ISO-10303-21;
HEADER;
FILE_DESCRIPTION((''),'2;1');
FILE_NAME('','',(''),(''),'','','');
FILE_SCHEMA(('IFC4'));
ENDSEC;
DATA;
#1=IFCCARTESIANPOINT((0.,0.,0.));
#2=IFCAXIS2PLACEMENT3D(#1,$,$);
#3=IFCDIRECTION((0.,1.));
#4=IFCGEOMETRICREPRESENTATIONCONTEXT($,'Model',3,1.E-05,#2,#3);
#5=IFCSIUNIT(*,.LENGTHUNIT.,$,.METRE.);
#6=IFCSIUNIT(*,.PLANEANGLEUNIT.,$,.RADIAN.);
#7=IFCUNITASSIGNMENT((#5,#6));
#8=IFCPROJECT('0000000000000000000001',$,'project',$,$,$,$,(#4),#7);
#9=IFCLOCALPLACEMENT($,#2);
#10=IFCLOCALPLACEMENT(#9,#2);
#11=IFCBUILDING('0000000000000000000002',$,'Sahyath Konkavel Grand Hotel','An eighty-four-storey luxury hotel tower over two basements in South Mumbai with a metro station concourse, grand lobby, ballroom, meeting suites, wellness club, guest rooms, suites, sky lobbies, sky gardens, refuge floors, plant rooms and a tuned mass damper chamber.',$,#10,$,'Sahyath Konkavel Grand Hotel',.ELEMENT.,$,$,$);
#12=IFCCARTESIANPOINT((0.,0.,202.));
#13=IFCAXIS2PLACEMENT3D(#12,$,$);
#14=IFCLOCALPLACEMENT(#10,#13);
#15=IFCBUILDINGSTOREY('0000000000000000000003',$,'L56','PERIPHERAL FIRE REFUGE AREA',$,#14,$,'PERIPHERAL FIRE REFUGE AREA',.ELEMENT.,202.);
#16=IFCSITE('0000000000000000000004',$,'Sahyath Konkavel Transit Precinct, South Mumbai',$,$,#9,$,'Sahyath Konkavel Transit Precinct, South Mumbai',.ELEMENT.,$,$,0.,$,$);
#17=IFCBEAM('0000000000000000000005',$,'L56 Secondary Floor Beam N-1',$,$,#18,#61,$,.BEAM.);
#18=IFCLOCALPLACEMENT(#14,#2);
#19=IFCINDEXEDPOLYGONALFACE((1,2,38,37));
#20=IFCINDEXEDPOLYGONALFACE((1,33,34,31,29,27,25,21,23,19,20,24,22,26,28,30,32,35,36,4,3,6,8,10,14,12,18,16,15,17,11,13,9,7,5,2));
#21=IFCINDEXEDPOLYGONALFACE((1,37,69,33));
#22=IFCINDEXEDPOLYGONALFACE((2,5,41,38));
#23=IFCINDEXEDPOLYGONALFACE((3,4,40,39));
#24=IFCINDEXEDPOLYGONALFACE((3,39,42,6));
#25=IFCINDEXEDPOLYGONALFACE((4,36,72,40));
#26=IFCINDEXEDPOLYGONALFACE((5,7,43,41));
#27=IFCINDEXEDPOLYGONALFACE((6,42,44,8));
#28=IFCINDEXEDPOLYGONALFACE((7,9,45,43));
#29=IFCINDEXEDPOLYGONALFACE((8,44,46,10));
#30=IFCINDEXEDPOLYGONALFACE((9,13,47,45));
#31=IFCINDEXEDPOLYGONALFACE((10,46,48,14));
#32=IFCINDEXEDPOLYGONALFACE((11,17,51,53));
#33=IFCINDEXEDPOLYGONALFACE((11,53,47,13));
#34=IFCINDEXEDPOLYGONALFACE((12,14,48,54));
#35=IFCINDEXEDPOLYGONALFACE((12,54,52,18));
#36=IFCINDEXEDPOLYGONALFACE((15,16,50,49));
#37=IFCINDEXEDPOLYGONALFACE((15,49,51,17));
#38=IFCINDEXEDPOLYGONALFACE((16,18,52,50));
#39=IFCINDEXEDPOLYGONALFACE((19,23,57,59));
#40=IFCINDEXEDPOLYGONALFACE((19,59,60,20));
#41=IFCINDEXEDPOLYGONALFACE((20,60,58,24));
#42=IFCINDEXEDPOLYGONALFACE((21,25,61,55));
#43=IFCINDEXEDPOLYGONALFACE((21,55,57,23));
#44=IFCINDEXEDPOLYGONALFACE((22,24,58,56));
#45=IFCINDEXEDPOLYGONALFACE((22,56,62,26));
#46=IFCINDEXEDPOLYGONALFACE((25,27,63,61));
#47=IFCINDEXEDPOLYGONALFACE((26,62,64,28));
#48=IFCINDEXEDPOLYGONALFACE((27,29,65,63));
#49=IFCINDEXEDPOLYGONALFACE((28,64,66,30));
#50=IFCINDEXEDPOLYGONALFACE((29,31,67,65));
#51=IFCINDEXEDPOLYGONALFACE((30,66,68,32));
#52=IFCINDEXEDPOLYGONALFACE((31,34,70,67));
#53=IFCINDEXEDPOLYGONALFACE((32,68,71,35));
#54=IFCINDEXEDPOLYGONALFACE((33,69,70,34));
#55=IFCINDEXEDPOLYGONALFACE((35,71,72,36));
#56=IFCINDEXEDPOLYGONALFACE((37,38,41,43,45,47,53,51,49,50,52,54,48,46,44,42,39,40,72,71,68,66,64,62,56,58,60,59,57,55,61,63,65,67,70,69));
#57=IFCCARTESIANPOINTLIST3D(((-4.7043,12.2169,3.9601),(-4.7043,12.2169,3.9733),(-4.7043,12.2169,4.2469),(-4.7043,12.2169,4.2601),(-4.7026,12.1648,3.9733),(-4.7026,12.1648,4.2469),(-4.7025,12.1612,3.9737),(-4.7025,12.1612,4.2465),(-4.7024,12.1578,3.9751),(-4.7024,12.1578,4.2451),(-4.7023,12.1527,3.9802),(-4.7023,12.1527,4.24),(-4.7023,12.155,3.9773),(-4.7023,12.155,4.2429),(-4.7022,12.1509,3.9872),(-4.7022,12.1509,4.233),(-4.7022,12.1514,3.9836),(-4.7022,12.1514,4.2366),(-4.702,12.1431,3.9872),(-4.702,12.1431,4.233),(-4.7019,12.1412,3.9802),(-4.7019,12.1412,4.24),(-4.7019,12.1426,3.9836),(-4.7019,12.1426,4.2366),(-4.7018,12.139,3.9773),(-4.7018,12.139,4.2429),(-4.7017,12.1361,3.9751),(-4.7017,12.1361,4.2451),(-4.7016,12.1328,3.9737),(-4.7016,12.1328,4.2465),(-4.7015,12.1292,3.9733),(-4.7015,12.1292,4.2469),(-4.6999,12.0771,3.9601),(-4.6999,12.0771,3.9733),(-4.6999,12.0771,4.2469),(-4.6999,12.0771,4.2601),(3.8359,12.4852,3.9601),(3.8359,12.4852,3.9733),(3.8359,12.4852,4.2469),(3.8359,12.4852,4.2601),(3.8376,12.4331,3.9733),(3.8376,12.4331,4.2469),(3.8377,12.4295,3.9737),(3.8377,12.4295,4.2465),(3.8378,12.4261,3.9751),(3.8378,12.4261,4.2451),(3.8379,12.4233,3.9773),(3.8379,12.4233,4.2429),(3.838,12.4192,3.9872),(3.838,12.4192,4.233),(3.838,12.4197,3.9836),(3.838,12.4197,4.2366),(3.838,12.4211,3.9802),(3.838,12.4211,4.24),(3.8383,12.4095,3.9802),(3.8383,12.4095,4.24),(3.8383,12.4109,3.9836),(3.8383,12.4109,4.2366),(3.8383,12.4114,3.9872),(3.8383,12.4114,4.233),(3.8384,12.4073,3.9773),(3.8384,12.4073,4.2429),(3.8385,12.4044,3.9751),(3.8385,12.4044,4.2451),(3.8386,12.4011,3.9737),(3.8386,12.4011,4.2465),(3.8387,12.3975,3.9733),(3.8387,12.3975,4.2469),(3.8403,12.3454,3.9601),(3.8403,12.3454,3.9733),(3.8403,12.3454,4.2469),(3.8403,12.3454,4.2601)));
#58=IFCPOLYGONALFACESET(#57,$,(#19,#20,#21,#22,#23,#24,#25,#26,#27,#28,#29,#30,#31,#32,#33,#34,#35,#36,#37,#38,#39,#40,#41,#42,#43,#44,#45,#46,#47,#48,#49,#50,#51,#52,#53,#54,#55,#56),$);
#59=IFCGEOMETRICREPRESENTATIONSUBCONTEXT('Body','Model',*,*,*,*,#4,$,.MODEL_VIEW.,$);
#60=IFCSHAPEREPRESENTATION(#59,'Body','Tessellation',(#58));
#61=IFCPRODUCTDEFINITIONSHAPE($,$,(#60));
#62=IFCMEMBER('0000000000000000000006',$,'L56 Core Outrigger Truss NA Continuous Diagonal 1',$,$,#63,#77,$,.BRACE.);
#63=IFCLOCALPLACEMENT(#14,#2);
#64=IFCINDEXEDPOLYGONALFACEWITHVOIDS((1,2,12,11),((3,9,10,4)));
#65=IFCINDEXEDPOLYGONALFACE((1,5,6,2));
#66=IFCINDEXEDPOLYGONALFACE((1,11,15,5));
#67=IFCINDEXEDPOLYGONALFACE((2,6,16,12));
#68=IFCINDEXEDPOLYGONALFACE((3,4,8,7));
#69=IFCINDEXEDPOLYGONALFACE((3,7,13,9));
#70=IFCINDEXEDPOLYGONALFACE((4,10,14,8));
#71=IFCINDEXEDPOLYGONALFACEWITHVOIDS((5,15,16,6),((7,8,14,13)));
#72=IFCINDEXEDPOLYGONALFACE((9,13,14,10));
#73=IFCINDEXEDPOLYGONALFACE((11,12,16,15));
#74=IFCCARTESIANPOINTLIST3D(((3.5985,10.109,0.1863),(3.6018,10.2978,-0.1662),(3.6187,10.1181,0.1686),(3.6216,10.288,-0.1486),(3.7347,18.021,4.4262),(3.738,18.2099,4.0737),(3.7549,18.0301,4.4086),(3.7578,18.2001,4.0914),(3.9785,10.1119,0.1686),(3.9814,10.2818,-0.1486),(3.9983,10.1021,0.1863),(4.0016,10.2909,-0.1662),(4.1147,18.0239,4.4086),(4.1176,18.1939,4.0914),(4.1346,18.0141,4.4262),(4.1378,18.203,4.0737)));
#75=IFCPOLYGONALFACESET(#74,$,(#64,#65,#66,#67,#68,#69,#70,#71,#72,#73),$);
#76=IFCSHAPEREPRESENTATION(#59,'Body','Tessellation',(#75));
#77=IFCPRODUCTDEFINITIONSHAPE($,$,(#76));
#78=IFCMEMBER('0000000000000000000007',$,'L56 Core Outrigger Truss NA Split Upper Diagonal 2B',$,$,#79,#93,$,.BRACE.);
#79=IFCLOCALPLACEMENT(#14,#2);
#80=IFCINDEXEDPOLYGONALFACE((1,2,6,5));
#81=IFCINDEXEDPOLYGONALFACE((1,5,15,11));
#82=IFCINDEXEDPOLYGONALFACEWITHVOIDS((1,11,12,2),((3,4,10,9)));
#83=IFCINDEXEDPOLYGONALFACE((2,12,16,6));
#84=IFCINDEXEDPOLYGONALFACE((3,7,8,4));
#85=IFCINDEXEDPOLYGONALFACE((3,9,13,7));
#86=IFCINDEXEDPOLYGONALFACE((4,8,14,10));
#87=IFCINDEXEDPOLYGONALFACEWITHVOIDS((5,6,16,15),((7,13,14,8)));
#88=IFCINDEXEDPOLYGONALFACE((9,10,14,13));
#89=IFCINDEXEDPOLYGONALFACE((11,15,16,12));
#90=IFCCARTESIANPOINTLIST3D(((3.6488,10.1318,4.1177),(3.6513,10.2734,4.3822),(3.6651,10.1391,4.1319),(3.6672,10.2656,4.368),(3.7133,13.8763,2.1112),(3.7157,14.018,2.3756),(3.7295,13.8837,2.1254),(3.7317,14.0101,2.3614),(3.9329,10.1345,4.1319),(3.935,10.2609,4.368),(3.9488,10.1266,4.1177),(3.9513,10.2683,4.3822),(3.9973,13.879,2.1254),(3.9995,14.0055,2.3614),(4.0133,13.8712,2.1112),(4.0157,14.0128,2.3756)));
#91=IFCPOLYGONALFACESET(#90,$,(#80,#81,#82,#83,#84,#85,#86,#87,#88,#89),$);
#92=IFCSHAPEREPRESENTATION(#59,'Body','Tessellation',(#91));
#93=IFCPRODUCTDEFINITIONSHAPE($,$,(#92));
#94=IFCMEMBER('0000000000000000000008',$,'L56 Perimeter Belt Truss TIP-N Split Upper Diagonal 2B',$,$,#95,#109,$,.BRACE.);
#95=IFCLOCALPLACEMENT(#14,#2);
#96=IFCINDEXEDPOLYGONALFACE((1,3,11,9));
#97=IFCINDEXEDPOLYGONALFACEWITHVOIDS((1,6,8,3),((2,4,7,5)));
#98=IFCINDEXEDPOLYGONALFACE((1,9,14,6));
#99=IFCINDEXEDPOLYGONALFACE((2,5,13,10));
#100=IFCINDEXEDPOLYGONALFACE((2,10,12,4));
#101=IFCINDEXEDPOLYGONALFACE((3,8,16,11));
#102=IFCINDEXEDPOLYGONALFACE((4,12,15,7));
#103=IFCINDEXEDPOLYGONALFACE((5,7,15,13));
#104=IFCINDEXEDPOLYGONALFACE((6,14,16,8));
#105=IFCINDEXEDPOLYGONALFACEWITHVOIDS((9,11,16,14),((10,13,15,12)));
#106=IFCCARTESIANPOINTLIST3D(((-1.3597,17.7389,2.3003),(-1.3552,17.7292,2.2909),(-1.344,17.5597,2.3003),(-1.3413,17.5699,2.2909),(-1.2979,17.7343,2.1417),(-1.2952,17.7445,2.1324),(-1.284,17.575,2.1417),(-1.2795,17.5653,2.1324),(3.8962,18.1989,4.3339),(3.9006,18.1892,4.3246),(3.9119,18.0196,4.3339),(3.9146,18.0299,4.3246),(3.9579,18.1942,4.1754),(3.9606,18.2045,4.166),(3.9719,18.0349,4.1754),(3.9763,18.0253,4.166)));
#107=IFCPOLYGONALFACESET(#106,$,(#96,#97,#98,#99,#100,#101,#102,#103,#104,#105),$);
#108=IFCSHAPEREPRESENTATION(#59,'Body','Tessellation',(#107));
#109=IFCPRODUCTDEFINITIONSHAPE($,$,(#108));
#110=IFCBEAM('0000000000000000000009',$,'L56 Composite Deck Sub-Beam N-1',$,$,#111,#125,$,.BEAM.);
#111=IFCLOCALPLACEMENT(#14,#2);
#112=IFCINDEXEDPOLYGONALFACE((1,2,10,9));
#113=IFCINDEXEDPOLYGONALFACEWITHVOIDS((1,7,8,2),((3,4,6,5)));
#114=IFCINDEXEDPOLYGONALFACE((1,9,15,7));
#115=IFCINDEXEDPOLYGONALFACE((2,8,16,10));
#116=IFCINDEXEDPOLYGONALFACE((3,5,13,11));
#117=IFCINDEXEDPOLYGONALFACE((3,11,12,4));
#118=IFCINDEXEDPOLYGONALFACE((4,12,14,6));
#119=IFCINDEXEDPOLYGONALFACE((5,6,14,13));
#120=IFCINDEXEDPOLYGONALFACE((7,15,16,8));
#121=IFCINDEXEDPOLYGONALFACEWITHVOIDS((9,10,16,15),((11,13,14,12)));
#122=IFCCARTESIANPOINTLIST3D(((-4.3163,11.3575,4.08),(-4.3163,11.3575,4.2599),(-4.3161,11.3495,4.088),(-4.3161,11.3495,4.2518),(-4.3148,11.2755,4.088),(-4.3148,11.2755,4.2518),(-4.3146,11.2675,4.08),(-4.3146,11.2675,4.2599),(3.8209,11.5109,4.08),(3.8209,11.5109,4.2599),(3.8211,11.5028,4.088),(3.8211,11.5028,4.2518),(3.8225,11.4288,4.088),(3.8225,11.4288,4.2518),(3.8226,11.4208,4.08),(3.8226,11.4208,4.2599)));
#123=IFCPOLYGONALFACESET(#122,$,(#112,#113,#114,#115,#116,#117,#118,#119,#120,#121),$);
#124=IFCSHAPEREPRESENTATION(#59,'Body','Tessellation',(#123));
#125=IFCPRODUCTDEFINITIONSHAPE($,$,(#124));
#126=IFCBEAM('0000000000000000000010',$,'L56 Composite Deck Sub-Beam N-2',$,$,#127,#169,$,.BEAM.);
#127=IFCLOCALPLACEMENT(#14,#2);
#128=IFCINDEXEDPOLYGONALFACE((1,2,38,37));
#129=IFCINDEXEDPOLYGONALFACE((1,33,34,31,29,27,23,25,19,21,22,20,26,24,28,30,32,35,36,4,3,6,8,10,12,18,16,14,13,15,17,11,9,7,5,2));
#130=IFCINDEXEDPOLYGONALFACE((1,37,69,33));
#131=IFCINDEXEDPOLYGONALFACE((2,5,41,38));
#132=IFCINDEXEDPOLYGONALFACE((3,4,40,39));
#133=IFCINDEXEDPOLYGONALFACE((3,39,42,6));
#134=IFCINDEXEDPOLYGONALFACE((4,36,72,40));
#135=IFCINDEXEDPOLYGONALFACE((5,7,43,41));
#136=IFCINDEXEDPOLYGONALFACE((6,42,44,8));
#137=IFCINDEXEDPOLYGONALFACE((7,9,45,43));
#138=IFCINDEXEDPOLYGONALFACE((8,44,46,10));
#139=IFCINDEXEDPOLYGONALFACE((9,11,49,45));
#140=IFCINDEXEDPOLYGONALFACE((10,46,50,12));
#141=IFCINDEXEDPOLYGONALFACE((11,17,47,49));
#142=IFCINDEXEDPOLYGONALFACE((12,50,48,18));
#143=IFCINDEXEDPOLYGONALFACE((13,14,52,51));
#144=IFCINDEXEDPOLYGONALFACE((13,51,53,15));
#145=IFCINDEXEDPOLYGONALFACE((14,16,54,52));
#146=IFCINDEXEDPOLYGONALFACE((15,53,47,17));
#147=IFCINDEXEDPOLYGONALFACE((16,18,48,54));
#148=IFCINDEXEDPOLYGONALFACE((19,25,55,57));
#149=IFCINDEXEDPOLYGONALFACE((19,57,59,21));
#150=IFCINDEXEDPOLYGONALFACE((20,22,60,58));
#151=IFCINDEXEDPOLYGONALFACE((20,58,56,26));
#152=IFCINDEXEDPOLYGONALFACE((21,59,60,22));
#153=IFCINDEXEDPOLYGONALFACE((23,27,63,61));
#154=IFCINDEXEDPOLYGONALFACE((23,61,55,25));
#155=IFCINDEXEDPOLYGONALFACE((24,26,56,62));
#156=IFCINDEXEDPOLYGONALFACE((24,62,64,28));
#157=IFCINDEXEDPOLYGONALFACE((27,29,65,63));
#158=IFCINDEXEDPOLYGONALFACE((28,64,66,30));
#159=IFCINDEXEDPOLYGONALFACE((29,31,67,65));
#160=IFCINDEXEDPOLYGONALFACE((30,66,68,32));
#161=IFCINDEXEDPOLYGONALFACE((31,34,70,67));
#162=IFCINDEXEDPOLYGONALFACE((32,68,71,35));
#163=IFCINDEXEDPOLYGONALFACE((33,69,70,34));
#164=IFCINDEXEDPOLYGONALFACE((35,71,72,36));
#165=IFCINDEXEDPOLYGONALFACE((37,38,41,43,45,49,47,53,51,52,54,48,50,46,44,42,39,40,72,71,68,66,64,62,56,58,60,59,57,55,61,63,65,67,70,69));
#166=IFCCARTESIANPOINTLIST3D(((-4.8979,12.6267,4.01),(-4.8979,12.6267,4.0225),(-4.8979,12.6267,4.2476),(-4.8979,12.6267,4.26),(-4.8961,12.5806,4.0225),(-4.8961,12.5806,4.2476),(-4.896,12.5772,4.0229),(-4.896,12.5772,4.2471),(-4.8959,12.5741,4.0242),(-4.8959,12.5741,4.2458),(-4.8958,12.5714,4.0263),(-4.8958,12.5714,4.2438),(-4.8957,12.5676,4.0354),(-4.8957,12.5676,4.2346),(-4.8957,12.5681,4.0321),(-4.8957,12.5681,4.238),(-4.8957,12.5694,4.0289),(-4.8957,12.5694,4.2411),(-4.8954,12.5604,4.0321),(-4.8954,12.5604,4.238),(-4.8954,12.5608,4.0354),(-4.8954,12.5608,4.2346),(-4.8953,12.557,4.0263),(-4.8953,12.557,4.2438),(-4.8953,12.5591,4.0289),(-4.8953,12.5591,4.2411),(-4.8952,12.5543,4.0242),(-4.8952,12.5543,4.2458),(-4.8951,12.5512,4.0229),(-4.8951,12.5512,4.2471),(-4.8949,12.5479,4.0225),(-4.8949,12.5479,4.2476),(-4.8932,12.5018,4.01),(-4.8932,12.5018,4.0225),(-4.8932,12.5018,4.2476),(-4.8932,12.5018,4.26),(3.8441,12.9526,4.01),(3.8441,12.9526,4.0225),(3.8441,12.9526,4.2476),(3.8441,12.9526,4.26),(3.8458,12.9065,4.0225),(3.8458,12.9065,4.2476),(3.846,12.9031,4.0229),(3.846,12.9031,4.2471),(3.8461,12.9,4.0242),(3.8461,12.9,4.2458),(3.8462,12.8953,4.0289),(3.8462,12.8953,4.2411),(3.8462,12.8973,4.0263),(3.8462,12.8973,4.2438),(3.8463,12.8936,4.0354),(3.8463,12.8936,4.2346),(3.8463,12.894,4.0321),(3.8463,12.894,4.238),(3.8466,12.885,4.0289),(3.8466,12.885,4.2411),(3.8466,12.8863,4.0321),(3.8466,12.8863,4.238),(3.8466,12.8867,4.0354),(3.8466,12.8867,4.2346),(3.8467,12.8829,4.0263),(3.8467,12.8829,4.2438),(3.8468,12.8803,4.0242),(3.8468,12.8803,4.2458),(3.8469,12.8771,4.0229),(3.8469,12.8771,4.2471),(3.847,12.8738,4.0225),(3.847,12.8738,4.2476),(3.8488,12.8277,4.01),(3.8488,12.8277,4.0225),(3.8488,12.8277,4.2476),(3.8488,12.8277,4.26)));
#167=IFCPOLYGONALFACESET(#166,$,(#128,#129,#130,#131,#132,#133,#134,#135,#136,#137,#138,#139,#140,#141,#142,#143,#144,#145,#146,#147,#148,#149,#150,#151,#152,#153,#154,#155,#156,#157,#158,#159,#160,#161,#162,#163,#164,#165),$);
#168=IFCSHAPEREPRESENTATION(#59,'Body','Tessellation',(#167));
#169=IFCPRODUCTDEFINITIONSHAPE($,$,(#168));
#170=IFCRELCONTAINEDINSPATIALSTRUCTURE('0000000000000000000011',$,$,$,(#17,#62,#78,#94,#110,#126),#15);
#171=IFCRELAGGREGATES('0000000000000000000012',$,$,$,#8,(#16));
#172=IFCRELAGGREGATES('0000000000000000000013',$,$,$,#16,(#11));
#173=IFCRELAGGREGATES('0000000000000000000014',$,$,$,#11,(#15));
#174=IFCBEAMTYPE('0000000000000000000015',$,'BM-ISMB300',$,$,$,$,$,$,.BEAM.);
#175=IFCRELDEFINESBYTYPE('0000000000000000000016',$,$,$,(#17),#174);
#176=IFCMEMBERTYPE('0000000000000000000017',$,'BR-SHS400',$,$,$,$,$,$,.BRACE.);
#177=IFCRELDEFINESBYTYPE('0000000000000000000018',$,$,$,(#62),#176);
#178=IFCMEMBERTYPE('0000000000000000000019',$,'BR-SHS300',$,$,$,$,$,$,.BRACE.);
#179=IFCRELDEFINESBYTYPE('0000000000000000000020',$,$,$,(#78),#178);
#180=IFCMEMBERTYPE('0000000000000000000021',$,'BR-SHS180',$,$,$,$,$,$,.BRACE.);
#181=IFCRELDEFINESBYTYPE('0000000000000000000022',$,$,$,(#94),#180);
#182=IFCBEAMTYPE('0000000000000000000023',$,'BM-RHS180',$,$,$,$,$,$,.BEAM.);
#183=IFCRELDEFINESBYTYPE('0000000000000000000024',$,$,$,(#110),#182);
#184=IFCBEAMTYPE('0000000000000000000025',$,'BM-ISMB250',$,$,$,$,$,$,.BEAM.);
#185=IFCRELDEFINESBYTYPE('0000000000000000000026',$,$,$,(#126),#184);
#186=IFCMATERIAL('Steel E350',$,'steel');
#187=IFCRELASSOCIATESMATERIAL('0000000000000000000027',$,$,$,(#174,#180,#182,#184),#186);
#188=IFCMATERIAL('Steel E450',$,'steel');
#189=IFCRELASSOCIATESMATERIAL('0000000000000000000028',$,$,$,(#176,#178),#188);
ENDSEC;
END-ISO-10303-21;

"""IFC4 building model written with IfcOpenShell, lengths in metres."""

from ifc_helpers import new_model, si_unit, direction, frame, origin, origin_2d, place, context, subcontext, project, spatial, hollow_rectangle, i_section, extrude, source, transform, mapped, material, material_profile, profile_set, type_object, element, save


model = new_model("IFC4")

# Units and contexts
model_context = context("Model", 3, precision=1e-05, world=origin(), true_north=direction((0.0, 1.0)))
body_context = subcontext(model_context, "Body", "Model", "MODEL_VIEW")
ifc_project = project(units=[si_unit("LENGTHUNIT", "METRE"), si_unit("PLANEANGLEUNIT", "RADIAN")], contexts=[model_context])

# Site, building, storey
site_placement = place(None, origin())
site = spatial("IfcSite", under=ifc_project, at=site_placement, Name="Sahyath Konkavel Transit Precinct, South Mumbai", LongName="Sahyath Konkavel Transit Precinct, South Mumbai", CompositionType="ELEMENT", RefElevation=0.0)
building_placement = place(site_placement, origin())
building = spatial("IfcBuilding", under=site, at=building_placement, Name="Sahyath Konkavel Grand Hotel", Description="An eighty-four-storey luxury hotel tower over two basements in South Mumbai with a metro station concourse, grand lobby, ballroom, meeting suites, wellness club, guest rooms, suites, sky lobbies, sky gardens, refuge floors, plant rooms and a tuned mass damper chamber.", LongName="Sahyath Konkavel Grand Hotel", CompositionType="ELEMENT")
storey_placement = place(building_placement, frame((0.0, 0.0, 202.0)))
storey = spatial("IfcBuildingStorey", under=building, at=storey_placement, Name="L56", Description="PERIPHERAL FIRE REFUGE AREA", LongName="PERIPHERAL FIRE REFUGE AREA", CompositionType="ELEMENT", Elevation=202.0)

# Beam
ifc_material_1 = material(Name="Steel E350", Category="steel")
ifc_material_profile_1 = material_profile(ifc_material_1, i_section(OverallWidth=0.1399, OverallDepth=0.3, WebThickness=0.0078, FlangeThickness=0.0132, FilletRadius=0.0139, at=origin_2d()), Name="ISMB 300")
ifc_profile_set_1 = profile_set([ifc_material_profile_1], Name="Steel E350")
beam_type_1 = type_object("IfcBeamType", Name="BM-ISMB300", PredefinedType="BEAM", material=ifc_profile_set_1)
shared_shape_1 = source(origin(), body_context, "Body", "SweptSolid", [
    extrude(i_section(OverallWidth=0.1399, OverallDepth=0.3, WebThickness=0.0078, FlangeThickness=0.0132, FilletRadius=0.0139, at=origin_2d()), origin(), (0.0, 0.0, 1.0), 8.5444),
])
beam_1_placement = place(storey_placement, frame((3.8381, 12.4153, 4.1101), z_axis=(-0.999507, -0.031402, 0.0), x_axis=(0.031402, -0.999507, 0.0)))
element("IfcBeam", 1, at=beam_1_placement, inside=storey, type_object=beam_type_1, Name="L56 Secondary Floor Beam N-1", PredefinedType="BEAM", context=body_context, shape_type="MappedRepresentation", body=[
    mapped(shared_shape_1, transform((0.0, 0.0, 0.0), scale=1.0)),
])

# Members
ifc_material_2 = material(Name="Steel E450", Category="steel")
ifc_material_profile_2 = material_profile(ifc_material_2, hollow_rectangle(XDim=0.3999, YDim=0.3999, WallThickness=0.02, at=origin_2d()), Name="SHS 400x400x20")
ifc_profile_set_2 = profile_set([ifc_material_profile_2], Name="Steel E450")
member_type_1 = type_object("IfcMemberType", Name="BR-SHS400", PredefinedType="BRACE", material=ifc_profile_set_2)
shared_shape_2 = source(origin(), body_context, "Body", "SweptSolid", [
    extrude(hollow_rectangle(XDim=0.3999, YDim=0.3999, WallThickness=0.02, at=origin_2d()), origin(), (0.0, 0.0, 1.0), 8.9775),
])
member_1_placement = place(storey_placement, frame((3.8, 10.2, 0.01), z_axis=(0.015174, 0.881315, 0.472285), x_axis=(-0.999852, 0.017215, 0.0)))
element("IfcMember", 2, at=member_1_placement, inside=storey, type_object=member_type_1, Name="L56 Core Outrigger Truss NA Continuous Diagonal 1", PredefinedType="BRACE", context=body_context, shape_type="MappedRepresentation", body=[
    mapped(shared_shape_2, transform((0.0, 0.0, 0.0), scale=1.0)),
])
ifc_material_profile_3 = material_profile(ifc_material_2, hollow_rectangle(XDim=0.3, YDim=0.3, WallThickness=0.0161, at=origin_2d()), Name="SHS 300x300x16")
ifc_profile_set_3 = profile_set([ifc_material_profile_3], Name="Steel E450")
member_type_2 = type_object("IfcMemberType", Name="BR-SHS300", PredefinedType="BRACE", material=ifc_profile_set_3)
shared_shape_3 = source(origin(), body_context, "Body", "SweptSolid", [
    extrude(hollow_rectangle(XDim=0.3, YDim=0.3, WallThickness=0.0161, at=origin_2d()), origin(), (0.0, 0.0, 1.0), 4.2488),
])
member_2_placement = place(storey_placement, frame((3.8645, 13.9446, 2.2434), z_axis=(-0.01517, -0.881326, 0.472266), x_axis=(0.999852, -0.01721, 0.0)))
element("IfcMember", 3, at=member_2_placement, inside=storey, type_object=member_type_2, Name="L56 Core Outrigger Truss NA Split Upper Diagonal 2B", PredefinedType="BRACE", context=body_context, shape_type="MappedRepresentation", body=[
    mapped(shared_shape_3, transform((0.0, 0.0, 0.0), scale=1.0)),
])
ifc_material_profile_4 = material_profile(ifc_material_1, hollow_rectangle(XDim=0.1799, YDim=0.1799, WallThickness=0.01, at=origin_2d()), Name="SHS 180x180x10")
ifc_profile_set_4 = profile_set([ifc_material_profile_4], Name="Steel E350")
member_type_3 = type_object("IfcMemberType", Name="BR-SHS180", PredefinedType="BRACE", material=ifc_profile_set_4)
shared_shape_4 = source(origin(), body_context, "Body", "SweptSolid", [
    extrude(hollow_rectangle(XDim=0.1799, YDim=0.1799, WallThickness=0.01, at=origin_2d()), origin(), (0.0, 0.0, 1.0), 5.6543),
])
member_3_placement = place(storey_placement, frame((-1.3196, 17.6521, 2.2163), z_axis=(0.929527, 0.081347, 0.359669), x_axis=(-0.087181, 0.996193, 0.0)))
element("IfcMember", 4, at=member_3_placement, inside=storey, type_object=member_type_3, Name="L56 Perimeter Belt Truss TIP-N Split Upper Diagonal 2B", PredefinedType="BRACE", context=body_context, shape_type="MappedRepresentation", body=[
    mapped(shared_shape_4, transform((0.0, 0.0, 0.0), scale=1.0)),
])

# Beams
ifc_material_profile_5 = material_profile(ifc_material_1, hollow_rectangle(XDim=0.0901, YDim=0.1799, WallThickness=0.0081, at=origin_2d()), Name="RHS 180x90x8")
ifc_profile_set_5 = profile_set([ifc_material_profile_5], Name="Steel E350")
beam_type_2 = type_object("IfcBeamType", Name="BM-RHS180", PredefinedType="BEAM", material=ifc_profile_set_5)
shared_shape_5 = source(origin(), body_context, "Body", "SweptSolid", [
    extrude(hollow_rectangle(XDim=0.0901, YDim=0.1799, WallThickness=0.0081, at=origin_2d()), origin(), (0.0, 0.0, 1.0), 8.1387),
])
beam_2_placement = place(storey_placement, frame((3.8218, 11.4658, 4.1699), z_axis=(-0.999823, -0.018839, 0.0), x_axis=(0.018839, -0.999823, 0.0)))
element("IfcBeam", 5, at=beam_2_placement, inside=storey, type_object=beam_type_2, Name="L56 Composite Deck Sub-Beam N-1", PredefinedType="BEAM", context=body_context, shape_type="MappedRepresentation", body=[
    mapped(shared_shape_5, transform((0.0, 0.0, 0.0), scale=1.0)),
])
ifc_material_profile_6 = material_profile(ifc_material_1, i_section(OverallWidth=0.125, OverallDepth=0.25, WebThickness=0.0068, FlangeThickness=0.0125, FilletRadius=0.0129, at=origin_2d()), Name="ISMB 250")
ifc_profile_set_6 = profile_set([ifc_material_profile_6], Name="Steel E350")
beam_type_3 = type_object("IfcBeamType", Name="BM-ISMB250", PredefinedType="BEAM", material=ifc_profile_set_6)
shared_shape_6 = source(origin(), body_context, "Body", "SweptSolid", [
    extrude(i_section(OverallWidth=0.125, OverallDepth=0.25, WebThickness=0.0068, FlangeThickness=0.0125, FilletRadius=0.0129, at=origin_2d()), origin(), (0.0, 0.0, 1.0), 8.748),
])
beam_3_placement = place(storey_placement, frame((3.8464, 12.8901, 4.135), z_axis=(-0.999306, -0.037257, 0.0), x_axis=(0.037257, -0.999306, 0.0)))
element("IfcBeam", 6, at=beam_3_placement, inside=storey, type_object=beam_type_3, Name="L56 Composite Deck Sub-Beam N-2", PredefinedType="BEAM", context=body_context, shape_type="MappedRepresentation", body=[
    mapped(shared_shape_6, transform((0.0, 0.0, 0.0), scale=1.0)),
])

save(model, "model.ifc")
